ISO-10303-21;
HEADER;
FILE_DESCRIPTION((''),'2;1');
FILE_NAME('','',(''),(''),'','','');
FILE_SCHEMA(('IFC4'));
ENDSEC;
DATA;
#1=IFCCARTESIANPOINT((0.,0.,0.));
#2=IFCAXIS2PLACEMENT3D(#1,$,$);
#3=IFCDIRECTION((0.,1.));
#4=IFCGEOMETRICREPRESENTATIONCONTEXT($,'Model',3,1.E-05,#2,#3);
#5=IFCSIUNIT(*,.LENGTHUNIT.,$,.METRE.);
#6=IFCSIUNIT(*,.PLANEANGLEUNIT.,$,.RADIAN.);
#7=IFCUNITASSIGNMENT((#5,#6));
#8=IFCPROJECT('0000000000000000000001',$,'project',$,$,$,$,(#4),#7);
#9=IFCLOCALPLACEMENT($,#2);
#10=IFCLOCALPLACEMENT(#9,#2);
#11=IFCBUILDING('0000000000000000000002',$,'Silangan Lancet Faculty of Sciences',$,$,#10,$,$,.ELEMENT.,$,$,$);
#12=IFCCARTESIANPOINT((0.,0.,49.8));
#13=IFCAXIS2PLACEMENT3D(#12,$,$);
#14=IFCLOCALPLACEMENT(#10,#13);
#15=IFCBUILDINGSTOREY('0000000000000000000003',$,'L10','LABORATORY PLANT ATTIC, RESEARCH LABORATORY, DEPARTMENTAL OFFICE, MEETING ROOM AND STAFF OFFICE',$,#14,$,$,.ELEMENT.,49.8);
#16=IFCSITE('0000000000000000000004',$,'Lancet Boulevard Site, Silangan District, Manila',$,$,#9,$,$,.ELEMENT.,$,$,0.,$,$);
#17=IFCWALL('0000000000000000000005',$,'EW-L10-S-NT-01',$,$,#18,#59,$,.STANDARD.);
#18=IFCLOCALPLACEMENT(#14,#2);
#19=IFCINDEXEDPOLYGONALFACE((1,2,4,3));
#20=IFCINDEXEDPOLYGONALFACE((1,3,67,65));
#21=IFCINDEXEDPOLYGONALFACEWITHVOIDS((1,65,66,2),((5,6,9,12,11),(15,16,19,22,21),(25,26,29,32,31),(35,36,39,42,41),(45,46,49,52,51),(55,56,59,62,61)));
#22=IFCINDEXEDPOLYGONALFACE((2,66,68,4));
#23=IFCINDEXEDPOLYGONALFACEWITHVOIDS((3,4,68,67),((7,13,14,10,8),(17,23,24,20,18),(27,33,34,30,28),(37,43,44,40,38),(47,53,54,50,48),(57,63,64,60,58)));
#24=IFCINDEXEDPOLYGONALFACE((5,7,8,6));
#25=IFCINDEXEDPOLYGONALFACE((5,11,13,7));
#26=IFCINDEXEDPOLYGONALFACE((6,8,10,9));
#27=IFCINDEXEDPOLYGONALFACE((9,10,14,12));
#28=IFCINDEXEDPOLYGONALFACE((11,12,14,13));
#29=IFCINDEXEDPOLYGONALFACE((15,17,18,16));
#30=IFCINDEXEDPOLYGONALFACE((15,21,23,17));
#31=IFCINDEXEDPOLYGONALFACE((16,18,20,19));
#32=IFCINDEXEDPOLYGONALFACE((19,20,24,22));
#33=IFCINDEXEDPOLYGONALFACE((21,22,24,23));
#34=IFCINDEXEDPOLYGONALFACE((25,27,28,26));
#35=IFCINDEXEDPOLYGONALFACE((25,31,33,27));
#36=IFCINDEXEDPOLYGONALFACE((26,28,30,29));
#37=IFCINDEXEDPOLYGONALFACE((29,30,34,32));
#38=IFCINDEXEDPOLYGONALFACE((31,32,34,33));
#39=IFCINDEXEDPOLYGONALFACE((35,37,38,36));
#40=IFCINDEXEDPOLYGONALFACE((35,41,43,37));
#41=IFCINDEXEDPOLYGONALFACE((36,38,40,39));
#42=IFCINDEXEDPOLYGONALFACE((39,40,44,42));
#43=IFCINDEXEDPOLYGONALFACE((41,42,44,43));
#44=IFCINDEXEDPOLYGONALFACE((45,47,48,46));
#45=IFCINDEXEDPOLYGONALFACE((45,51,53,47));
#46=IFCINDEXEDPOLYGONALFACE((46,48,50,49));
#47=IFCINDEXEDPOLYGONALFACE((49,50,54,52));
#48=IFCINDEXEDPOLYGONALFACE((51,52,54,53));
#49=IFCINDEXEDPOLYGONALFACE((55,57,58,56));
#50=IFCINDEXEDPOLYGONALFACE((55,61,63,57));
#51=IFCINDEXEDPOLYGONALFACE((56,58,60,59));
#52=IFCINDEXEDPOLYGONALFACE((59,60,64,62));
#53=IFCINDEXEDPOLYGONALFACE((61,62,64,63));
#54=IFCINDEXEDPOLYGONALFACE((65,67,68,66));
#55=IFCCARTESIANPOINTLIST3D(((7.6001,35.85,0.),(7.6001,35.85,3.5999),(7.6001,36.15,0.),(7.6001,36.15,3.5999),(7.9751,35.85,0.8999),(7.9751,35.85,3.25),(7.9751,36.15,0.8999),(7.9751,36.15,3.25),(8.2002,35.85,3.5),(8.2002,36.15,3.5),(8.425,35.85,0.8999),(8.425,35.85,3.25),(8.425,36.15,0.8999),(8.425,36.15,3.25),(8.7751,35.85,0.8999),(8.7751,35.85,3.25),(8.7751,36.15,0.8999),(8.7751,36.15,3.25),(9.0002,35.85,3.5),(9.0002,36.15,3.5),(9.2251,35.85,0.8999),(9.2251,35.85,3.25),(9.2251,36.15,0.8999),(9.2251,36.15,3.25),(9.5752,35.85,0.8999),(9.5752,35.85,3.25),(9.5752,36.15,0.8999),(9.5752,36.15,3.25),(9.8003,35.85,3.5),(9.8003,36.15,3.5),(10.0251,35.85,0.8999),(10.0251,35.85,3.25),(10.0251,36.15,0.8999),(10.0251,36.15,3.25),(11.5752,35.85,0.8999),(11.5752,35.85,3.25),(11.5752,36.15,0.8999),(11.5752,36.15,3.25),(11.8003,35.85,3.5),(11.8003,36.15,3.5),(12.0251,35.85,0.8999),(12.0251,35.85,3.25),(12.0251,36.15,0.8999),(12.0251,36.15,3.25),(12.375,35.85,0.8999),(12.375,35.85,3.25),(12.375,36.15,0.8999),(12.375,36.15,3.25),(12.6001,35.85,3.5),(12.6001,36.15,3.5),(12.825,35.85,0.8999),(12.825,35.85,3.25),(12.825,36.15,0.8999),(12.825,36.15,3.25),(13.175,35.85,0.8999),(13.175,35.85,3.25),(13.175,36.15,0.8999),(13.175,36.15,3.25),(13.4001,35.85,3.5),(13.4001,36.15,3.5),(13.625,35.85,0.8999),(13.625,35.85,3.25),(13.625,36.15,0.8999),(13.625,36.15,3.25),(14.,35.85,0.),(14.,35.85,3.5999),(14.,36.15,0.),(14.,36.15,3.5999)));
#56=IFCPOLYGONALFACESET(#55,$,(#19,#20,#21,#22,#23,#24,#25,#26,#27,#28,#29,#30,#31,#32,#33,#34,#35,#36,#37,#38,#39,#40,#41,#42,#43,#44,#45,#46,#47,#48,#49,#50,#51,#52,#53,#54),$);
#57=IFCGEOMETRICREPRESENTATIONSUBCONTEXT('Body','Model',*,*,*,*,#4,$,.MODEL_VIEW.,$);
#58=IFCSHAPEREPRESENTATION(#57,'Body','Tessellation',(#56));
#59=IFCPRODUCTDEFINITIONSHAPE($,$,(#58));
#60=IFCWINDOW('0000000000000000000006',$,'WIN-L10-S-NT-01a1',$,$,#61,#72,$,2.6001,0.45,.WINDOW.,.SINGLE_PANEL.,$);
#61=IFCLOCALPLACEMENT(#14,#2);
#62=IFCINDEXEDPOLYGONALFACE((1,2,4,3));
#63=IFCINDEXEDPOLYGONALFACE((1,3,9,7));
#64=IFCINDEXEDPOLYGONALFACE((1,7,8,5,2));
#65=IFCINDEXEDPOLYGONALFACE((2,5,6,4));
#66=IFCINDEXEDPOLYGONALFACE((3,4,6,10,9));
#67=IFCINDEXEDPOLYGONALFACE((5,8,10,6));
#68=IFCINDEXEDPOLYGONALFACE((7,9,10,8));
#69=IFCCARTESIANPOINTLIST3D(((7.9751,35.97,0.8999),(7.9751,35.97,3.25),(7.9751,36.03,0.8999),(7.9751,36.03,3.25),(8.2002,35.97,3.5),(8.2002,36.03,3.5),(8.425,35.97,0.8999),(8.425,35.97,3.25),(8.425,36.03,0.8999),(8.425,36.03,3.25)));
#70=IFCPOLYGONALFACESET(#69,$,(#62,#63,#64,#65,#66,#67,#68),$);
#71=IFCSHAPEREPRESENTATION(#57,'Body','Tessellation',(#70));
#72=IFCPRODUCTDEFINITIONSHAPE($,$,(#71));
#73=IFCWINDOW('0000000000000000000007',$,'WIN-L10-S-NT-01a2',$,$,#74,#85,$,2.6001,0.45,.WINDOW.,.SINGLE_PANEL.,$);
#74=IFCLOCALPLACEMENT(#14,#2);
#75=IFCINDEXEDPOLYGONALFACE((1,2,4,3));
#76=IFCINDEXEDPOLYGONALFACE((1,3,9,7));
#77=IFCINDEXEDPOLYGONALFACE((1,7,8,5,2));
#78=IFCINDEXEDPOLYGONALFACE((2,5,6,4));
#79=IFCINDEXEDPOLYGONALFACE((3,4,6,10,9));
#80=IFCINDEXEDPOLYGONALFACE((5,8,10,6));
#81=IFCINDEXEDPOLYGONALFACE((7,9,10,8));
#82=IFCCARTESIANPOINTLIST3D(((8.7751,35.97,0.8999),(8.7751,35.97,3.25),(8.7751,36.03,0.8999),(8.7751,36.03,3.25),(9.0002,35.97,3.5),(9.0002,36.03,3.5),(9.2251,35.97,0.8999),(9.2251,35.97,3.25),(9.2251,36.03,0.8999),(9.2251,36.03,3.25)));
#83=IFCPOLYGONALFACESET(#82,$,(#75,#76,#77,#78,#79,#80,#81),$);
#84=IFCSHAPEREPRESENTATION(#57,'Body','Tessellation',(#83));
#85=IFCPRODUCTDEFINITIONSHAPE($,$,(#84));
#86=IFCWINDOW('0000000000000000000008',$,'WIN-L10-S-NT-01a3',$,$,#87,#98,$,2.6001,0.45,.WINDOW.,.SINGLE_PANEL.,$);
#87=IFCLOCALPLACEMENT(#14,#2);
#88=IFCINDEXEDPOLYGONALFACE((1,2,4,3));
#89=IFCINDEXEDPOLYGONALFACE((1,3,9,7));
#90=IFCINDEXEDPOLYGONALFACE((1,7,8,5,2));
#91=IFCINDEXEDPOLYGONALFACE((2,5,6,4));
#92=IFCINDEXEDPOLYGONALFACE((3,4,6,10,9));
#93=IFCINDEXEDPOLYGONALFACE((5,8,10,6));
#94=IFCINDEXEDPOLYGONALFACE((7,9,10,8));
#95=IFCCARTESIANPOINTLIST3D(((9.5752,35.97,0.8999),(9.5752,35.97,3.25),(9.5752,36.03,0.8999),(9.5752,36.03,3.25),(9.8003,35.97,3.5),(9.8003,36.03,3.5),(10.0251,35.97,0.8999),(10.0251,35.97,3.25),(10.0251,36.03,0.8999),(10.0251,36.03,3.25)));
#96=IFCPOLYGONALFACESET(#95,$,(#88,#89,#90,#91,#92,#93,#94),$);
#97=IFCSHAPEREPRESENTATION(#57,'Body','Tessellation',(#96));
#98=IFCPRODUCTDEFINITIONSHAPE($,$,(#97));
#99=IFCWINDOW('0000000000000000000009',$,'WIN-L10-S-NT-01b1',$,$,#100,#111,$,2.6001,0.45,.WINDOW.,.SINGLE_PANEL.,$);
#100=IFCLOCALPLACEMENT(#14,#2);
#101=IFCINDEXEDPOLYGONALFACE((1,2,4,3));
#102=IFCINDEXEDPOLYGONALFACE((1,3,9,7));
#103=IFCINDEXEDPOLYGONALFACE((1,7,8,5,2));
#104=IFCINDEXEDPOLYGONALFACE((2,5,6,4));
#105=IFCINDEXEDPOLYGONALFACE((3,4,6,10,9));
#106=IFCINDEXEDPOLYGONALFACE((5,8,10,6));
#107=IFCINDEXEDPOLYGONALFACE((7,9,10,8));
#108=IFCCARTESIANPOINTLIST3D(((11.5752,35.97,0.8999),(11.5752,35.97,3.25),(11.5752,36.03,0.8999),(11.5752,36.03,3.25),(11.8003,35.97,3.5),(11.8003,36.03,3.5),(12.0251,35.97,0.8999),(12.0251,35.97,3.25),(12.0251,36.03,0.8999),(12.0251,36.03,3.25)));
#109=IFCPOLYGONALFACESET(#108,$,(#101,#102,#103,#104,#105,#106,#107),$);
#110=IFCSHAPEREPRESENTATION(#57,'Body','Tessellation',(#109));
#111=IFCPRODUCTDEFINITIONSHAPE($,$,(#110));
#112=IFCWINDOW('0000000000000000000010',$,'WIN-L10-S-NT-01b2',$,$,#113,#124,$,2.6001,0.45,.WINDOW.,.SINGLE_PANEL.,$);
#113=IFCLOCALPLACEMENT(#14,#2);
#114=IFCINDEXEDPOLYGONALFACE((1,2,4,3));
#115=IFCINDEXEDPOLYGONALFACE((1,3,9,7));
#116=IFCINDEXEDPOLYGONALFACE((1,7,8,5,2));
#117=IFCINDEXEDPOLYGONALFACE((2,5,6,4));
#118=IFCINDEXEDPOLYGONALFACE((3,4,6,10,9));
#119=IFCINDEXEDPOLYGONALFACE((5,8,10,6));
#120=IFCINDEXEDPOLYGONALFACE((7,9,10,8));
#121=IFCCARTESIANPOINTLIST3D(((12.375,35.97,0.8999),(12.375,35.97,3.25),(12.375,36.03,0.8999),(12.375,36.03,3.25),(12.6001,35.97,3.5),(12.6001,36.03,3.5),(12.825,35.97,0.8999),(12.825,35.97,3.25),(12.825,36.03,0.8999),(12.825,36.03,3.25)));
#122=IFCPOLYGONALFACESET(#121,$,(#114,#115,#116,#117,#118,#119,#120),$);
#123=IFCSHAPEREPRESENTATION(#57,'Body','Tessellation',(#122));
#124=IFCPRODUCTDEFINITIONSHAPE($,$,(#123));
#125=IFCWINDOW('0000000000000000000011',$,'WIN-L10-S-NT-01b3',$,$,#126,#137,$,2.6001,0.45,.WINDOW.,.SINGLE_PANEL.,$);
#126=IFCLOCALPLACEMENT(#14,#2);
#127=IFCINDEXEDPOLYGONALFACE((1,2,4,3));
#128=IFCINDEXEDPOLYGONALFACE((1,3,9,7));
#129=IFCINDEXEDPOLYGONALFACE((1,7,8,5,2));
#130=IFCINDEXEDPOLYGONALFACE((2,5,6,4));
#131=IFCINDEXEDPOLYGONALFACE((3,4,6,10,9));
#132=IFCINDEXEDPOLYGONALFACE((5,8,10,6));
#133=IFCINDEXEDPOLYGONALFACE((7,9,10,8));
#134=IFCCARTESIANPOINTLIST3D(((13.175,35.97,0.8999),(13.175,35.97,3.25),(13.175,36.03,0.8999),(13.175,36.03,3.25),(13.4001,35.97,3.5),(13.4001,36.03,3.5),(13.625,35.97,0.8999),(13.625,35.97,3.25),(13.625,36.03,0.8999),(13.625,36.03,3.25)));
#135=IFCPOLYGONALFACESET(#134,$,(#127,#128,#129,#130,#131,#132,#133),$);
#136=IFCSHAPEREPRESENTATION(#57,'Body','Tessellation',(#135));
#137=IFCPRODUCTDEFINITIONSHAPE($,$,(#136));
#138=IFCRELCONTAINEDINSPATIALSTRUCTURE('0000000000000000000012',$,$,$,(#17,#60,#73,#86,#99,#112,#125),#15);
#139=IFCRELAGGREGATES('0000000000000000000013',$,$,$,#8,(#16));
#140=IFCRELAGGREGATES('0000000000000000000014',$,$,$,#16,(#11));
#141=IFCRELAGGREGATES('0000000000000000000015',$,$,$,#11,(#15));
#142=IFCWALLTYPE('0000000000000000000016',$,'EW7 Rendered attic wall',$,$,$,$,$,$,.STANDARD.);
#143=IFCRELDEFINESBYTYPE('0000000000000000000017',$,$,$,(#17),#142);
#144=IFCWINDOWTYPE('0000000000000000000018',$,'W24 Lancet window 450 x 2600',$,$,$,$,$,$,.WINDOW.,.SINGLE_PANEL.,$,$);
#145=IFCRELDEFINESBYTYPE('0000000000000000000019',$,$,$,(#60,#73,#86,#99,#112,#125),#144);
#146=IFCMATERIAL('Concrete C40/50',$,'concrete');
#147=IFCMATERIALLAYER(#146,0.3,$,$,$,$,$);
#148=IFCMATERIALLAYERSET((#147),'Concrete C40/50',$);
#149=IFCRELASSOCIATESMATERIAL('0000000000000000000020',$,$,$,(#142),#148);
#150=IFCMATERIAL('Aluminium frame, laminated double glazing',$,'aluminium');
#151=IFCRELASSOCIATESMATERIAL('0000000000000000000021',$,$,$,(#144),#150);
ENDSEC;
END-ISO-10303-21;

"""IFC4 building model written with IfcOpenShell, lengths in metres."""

from ifc_helpers import new_model, si_unit, direction, frame, frame_2d, origin, place, context, subcontext, project, spatial, polyline, rectangle, outline, extrude, material, layer, layer_set, type_object, element, fill, save


model = new_model("IFC4")

# Units and contexts
model_context = context("Model", 3, precision=1e-05, world=origin(), true_north=direction((0.0, 1.0)))
body_context = subcontext(model_context, "Body", "Model", "MODEL_VIEW")
ifc_project = project(units=[si_unit("LENGTHUNIT", "METRE"), si_unit("PLANEANGLEUNIT", "RADIAN")], contexts=[model_context])

# Site, building, storey
site_placement = place(None, origin())
site = spatial("IfcSite", under=ifc_project, at=site_placement, Name="Lancet Boulevard Site, Silangan District, Manila", CompositionType="ELEMENT", RefElevation=0.0)
building_placement = place(site_placement, origin())
building = spatial("IfcBuilding", under=site, at=building_placement, Name="Silangan Lancet Faculty of Sciences", CompositionType="ELEMENT")
storey_placement = place(building_placement, frame((0.0, 0.0, 49.8)))
storey = spatial("IfcBuildingStorey", under=building, at=storey_placement, Name="L10", Description="LABORATORY PLANT ATTIC, RESEARCH LABORATORY, DEPARTMENTAL OFFICE, MEETING ROOM AND STAFF OFFICE", CompositionType="ELEMENT", Elevation=49.8)

# Wall, openings, windows
ifc_material_1 = material(Name="Concrete C40/50", Category="concrete")
ifc_layer_1 = layer(ifc_material_1, 0.3)
ifc_layer_set_1 = layer_set([ifc_layer_1], Name="Concrete C40/50")
wall_type_1 = type_object("IfcWallType", Name="EW7 Rendered attic wall", PredefinedType="STANDARD", material=ifc_layer_set_1)
wall_1_placement = place(storey_placement, frame((7.6001, 36.0, 0.0), z_axis=(0.0, 0.0, 1.0), x_axis=(1.0, 0.0, 0.0)))
wall_1 = element("IfcWall", 1, at=wall_1_placement, inside=storey, type_object=wall_type_1, Name="EW-L10-S-NT-01", PredefinedType="STANDARD", context=body_context, shape_type="SweptSolid", body=[
    extrude(rectangle(XDim=6.3999, YDim=0.3, at=frame_2d((3.2, 0.0))), origin(), (0.0, 0.0, 1.0), 3.5999),
])
opening_1_placement = place(wall_1_placement, frame((0.375, 0.0, 0.8999)))
opening_1 = element("IfcOpeningElement", 2, at=opening_1_placement, cuts=wall_1, PredefinedType="OPENING", context=body_context, shape_type="SweptSolid", body=[
    extrude(outline(polyline([(0.0, 0.0), (0.45, 0.0), (0.45, 2.3501), (0.2251, 2.6001), (0.0, 2.3501), (0.0, 0.0)])), frame((0.0, 0.1599, 0.0), z_axis=(0.0, -1.0, 0.0), x_axis=(1.0, 0.0, 0.0)), (0.0, 0.0, 1.0), 0.3201),
])
opening_2_placement = place(wall_1_placement, frame((1.175, 0.0, 0.8999)))
opening_2 = element("IfcOpeningElement", 3, at=opening_2_placement, cuts=wall_1, PredefinedType="OPENING", context=body_context, shape_type="SweptSolid", body=[
    extrude(outline(polyline([(0.0, 0.0), (0.45, 0.0), (0.45, 2.3501), (0.2251, 2.6001), (0.0, 2.3501), (0.0, 0.0)])), frame((0.0, 0.1599, 0.0), z_axis=(0.0, -1.0, 0.0), x_axis=(1.0, 0.0, 0.0)), (0.0, 0.0, 1.0), 0.3201),
])
opening_3_placement = place(wall_1_placement, frame((1.9751, 0.0, 0.8999)))
opening_3 = element("IfcOpeningElement", 4, at=opening_3_placement, cuts=wall_1, PredefinedType="OPENING", context=body_context, shape_type="SweptSolid", body=[
    extrude(outline(polyline([(0.0, 0.0), (0.45, 0.0), (0.45, 2.3501), (0.2251, 2.6001), (0.0, 2.3501), (0.0, 0.0)])), frame((0.0, 0.1599, 0.0), z_axis=(0.0, -1.0, 0.0), x_axis=(1.0, 0.0, 0.0)), (0.0, 0.0, 1.0), 0.3201),
])
opening_4_placement = place(wall_1_placement, frame((3.9751, 0.0, 0.8999)))
opening_4 = element("IfcOpeningElement", 5, at=opening_4_placement, cuts=wall_1, PredefinedType="OPENING", context=body_context, shape_type="SweptSolid", body=[
    extrude(outline(polyline([(0.0, 0.0), (0.45, 0.0), (0.45, 2.3501), (0.2251, 2.6001), (0.0, 2.3501), (0.0, 0.0)])), frame((0.0, 0.1599, 0.0), z_axis=(0.0, -1.0, 0.0), x_axis=(1.0, 0.0, 0.0)), (0.0, 0.0, 1.0), 0.3201),
])
opening_5_placement = place(wall_1_placement, frame((4.7749, 0.0, 0.8999)))
opening_5 = element("IfcOpeningElement", 6, at=opening_5_placement, cuts=wall_1, PredefinedType="OPENING", context=body_context, shape_type="SweptSolid", body=[
    extrude(outline(polyline([(0.0, 0.0), (0.45, 0.0), (0.45, 2.3501), (0.2251, 2.6001), (0.0, 2.3501), (0.0, 0.0)])), frame((0.0, 0.1599, 0.0), z_axis=(0.0, -1.0, 0.0), x_axis=(1.0, 0.0, 0.0)), (0.0, 0.0, 1.0), 0.3201),
])
opening_6_placement = place(wall_1_placement, frame((5.575, 0.0, 0.8999)))
opening_6 = element("IfcOpeningElement", 7, at=opening_6_placement, cuts=wall_1, PredefinedType="OPENING", context=body_context, shape_type="SweptSolid", body=[
    extrude(outline(polyline([(0.0, 0.0), (0.45, 0.0), (0.45, 2.3501), (0.2251, 2.6001), (0.0, 2.3501), (0.0, 0.0)])), frame((0.0, 0.1599, 0.0), z_axis=(0.0, -1.0, 0.0), x_axis=(1.0, 0.0, 0.0)), (0.0, 0.0, 1.0), 0.3201),
])
ifc_material_2 = material(Name="Aluminium frame, laminated double glazing", Category="aluminium")
window_type = type_object("IfcWindowType", Name="W24 Lancet window 450 x 2600", PartitioningType="SINGLE_PANEL", PredefinedType="WINDOW", material=ifc_material_2)
window_1_placement = place(opening_1_placement, origin())
window_1 = element("IfcWindow", 8, at=window_1_placement, inside=storey, type_object=window_type, Name="WIN-L10-S-NT-01a1", OverallHeight=2.6001, OverallWidth=0.45, PartitioningType="SINGLE_PANEL", PredefinedType="WINDOW", context=body_context, shape_type="SweptSolid", body=[
    extrude(outline(polyline([(0.0, 0.0), (0.45, 0.0), (0.45, 2.3501), (0.2251, 2.6001), (0.0, 2.3501), (0.0, 0.0)])), frame((0.0, 0.03, 0.0), z_axis=(0.0, -1.0, 0.0), x_axis=(1.0, 0.0, 0.0)), (0.0, 0.0, 1.0), 0.0601),
])
fill(opening_1, window_1)
window_2_placement = place(opening_2_placement, origin())
window_2 = element("IfcWindow", 9, at=window_2_placement, inside=storey, type_object=window_type, Name="WIN-L10-S-NT-01a2", OverallHeight=2.6001, OverallWidth=0.45, PartitioningType="SINGLE_PANEL", PredefinedType="WINDOW", context=body_context, shape_type="SweptSolid", body=[
    extrude(outline(polyline([(0.0, 0.0), (0.45, 0.0), (0.45, 2.3501), (0.2251, 2.6001), (0.0, 2.3501), (0.0, 0.0)])), frame((0.0, 0.03, 0.0), z_axis=(0.0, -1.0, 0.0), x_axis=(1.0, 0.0, 0.0)), (0.0, 0.0, 1.0), 0.0601),
])
fill(opening_2, window_2)
window_3_placement = place(opening_3_placement, origin())
window_3 = element("IfcWindow", 10, at=window_3_placement, inside=storey, type_object=window_type, Name="WIN-L10-S-NT-01a3", OverallHeight=2.6001, OverallWidth=0.45, PartitioningType="SINGLE_PANEL", PredefinedType="WINDOW", context=body_context, shape_type="SweptSolid", body=[
    extrude(outline(polyline([(0.0, 0.0), (0.45, 0.0), (0.45, 2.3501), (0.2251, 2.6001), (0.0, 2.3501), (0.0, 0.0)])), frame((0.0, 0.03, 0.0), z_axis=(0.0, -1.0, 0.0), x_axis=(1.0, 0.0, 0.0)), (0.0, 0.0, 1.0), 0.0601),
])
fill(opening_3, window_3)
window_4_placement = place(opening_4_placement, origin())
window_4 = element("IfcWindow", 11, at=window_4_placement, inside=storey, type_object=window_type, Name="WIN-L10-S-NT-01b1", OverallHeight=2.6001, OverallWidth=0.45, PartitioningType="SINGLE_PANEL", PredefinedType="WINDOW", context=body_context, shape_type="SweptSolid", body=[
    extrude(outline(polyline([(0.0, 0.0), (0.45, 0.0), (0.45, 2.3501), (0.2251, 2.6001), (0.0, 2.3501), (0.0, 0.0)])), frame((0.0, 0.03, 0.0), z_axis=(0.0, -1.0, 0.0), x_axis=(1.0, 0.0, 0.0)), (0.0, 0.0, 1.0), 0.0601),
])
fill(opening_4, window_4)
window_5_placement = place(opening_5_placement, origin())
window_5 = element("IfcWindow", 12, at=window_5_placement, inside=storey, type_object=window_type, Name="WIN-L10-S-NT-01b2", OverallHeight=2.6001, OverallWidth=0.45, PartitioningType="SINGLE_PANEL", PredefinedType="WINDOW", context=body_context, shape_type="SweptSolid", body=[
    extrude(outline(polyline([(0.0, 0.0), (0.45, 0.0), (0.45, 2.3501), (0.2251, 2.6001), (0.0, 2.3501), (0.0, 0.0)])), frame((0.0, 0.03, 0.0), z_axis=(0.0, -1.0, 0.0), x_axis=(1.0, 0.0, 0.0)), (0.0, 0.0, 1.0), 0.0601),
])
fill(opening_5, window_5)
window_6_placement = place(opening_6_placement, origin())
window_6 = element("IfcWindow", 13, at=window_6_placement, inside=storey, type_object=window_type, Name="WIN-L10-S-NT-01b3", OverallHeight=2.6001, OverallWidth=0.45, PartitioningType="SINGLE_PANEL", PredefinedType="WINDOW", context=body_context, shape_type="SweptSolid", body=[
    extrude(outline(polyline([(0.0, 0.0), (0.45, 0.0), (0.45, 2.3501), (0.2251, 2.6001), (0.0, 2.3501), (0.0, 0.0)])), frame((0.0, 0.03, 0.0), z_axis=(0.0, -1.0, 0.0), x_axis=(1.0, 0.0, 0.0)), (0.0, 0.0, 1.0), 0.0601),
])
fill(opening_6, window_6)

save(model, "model.ifc")
